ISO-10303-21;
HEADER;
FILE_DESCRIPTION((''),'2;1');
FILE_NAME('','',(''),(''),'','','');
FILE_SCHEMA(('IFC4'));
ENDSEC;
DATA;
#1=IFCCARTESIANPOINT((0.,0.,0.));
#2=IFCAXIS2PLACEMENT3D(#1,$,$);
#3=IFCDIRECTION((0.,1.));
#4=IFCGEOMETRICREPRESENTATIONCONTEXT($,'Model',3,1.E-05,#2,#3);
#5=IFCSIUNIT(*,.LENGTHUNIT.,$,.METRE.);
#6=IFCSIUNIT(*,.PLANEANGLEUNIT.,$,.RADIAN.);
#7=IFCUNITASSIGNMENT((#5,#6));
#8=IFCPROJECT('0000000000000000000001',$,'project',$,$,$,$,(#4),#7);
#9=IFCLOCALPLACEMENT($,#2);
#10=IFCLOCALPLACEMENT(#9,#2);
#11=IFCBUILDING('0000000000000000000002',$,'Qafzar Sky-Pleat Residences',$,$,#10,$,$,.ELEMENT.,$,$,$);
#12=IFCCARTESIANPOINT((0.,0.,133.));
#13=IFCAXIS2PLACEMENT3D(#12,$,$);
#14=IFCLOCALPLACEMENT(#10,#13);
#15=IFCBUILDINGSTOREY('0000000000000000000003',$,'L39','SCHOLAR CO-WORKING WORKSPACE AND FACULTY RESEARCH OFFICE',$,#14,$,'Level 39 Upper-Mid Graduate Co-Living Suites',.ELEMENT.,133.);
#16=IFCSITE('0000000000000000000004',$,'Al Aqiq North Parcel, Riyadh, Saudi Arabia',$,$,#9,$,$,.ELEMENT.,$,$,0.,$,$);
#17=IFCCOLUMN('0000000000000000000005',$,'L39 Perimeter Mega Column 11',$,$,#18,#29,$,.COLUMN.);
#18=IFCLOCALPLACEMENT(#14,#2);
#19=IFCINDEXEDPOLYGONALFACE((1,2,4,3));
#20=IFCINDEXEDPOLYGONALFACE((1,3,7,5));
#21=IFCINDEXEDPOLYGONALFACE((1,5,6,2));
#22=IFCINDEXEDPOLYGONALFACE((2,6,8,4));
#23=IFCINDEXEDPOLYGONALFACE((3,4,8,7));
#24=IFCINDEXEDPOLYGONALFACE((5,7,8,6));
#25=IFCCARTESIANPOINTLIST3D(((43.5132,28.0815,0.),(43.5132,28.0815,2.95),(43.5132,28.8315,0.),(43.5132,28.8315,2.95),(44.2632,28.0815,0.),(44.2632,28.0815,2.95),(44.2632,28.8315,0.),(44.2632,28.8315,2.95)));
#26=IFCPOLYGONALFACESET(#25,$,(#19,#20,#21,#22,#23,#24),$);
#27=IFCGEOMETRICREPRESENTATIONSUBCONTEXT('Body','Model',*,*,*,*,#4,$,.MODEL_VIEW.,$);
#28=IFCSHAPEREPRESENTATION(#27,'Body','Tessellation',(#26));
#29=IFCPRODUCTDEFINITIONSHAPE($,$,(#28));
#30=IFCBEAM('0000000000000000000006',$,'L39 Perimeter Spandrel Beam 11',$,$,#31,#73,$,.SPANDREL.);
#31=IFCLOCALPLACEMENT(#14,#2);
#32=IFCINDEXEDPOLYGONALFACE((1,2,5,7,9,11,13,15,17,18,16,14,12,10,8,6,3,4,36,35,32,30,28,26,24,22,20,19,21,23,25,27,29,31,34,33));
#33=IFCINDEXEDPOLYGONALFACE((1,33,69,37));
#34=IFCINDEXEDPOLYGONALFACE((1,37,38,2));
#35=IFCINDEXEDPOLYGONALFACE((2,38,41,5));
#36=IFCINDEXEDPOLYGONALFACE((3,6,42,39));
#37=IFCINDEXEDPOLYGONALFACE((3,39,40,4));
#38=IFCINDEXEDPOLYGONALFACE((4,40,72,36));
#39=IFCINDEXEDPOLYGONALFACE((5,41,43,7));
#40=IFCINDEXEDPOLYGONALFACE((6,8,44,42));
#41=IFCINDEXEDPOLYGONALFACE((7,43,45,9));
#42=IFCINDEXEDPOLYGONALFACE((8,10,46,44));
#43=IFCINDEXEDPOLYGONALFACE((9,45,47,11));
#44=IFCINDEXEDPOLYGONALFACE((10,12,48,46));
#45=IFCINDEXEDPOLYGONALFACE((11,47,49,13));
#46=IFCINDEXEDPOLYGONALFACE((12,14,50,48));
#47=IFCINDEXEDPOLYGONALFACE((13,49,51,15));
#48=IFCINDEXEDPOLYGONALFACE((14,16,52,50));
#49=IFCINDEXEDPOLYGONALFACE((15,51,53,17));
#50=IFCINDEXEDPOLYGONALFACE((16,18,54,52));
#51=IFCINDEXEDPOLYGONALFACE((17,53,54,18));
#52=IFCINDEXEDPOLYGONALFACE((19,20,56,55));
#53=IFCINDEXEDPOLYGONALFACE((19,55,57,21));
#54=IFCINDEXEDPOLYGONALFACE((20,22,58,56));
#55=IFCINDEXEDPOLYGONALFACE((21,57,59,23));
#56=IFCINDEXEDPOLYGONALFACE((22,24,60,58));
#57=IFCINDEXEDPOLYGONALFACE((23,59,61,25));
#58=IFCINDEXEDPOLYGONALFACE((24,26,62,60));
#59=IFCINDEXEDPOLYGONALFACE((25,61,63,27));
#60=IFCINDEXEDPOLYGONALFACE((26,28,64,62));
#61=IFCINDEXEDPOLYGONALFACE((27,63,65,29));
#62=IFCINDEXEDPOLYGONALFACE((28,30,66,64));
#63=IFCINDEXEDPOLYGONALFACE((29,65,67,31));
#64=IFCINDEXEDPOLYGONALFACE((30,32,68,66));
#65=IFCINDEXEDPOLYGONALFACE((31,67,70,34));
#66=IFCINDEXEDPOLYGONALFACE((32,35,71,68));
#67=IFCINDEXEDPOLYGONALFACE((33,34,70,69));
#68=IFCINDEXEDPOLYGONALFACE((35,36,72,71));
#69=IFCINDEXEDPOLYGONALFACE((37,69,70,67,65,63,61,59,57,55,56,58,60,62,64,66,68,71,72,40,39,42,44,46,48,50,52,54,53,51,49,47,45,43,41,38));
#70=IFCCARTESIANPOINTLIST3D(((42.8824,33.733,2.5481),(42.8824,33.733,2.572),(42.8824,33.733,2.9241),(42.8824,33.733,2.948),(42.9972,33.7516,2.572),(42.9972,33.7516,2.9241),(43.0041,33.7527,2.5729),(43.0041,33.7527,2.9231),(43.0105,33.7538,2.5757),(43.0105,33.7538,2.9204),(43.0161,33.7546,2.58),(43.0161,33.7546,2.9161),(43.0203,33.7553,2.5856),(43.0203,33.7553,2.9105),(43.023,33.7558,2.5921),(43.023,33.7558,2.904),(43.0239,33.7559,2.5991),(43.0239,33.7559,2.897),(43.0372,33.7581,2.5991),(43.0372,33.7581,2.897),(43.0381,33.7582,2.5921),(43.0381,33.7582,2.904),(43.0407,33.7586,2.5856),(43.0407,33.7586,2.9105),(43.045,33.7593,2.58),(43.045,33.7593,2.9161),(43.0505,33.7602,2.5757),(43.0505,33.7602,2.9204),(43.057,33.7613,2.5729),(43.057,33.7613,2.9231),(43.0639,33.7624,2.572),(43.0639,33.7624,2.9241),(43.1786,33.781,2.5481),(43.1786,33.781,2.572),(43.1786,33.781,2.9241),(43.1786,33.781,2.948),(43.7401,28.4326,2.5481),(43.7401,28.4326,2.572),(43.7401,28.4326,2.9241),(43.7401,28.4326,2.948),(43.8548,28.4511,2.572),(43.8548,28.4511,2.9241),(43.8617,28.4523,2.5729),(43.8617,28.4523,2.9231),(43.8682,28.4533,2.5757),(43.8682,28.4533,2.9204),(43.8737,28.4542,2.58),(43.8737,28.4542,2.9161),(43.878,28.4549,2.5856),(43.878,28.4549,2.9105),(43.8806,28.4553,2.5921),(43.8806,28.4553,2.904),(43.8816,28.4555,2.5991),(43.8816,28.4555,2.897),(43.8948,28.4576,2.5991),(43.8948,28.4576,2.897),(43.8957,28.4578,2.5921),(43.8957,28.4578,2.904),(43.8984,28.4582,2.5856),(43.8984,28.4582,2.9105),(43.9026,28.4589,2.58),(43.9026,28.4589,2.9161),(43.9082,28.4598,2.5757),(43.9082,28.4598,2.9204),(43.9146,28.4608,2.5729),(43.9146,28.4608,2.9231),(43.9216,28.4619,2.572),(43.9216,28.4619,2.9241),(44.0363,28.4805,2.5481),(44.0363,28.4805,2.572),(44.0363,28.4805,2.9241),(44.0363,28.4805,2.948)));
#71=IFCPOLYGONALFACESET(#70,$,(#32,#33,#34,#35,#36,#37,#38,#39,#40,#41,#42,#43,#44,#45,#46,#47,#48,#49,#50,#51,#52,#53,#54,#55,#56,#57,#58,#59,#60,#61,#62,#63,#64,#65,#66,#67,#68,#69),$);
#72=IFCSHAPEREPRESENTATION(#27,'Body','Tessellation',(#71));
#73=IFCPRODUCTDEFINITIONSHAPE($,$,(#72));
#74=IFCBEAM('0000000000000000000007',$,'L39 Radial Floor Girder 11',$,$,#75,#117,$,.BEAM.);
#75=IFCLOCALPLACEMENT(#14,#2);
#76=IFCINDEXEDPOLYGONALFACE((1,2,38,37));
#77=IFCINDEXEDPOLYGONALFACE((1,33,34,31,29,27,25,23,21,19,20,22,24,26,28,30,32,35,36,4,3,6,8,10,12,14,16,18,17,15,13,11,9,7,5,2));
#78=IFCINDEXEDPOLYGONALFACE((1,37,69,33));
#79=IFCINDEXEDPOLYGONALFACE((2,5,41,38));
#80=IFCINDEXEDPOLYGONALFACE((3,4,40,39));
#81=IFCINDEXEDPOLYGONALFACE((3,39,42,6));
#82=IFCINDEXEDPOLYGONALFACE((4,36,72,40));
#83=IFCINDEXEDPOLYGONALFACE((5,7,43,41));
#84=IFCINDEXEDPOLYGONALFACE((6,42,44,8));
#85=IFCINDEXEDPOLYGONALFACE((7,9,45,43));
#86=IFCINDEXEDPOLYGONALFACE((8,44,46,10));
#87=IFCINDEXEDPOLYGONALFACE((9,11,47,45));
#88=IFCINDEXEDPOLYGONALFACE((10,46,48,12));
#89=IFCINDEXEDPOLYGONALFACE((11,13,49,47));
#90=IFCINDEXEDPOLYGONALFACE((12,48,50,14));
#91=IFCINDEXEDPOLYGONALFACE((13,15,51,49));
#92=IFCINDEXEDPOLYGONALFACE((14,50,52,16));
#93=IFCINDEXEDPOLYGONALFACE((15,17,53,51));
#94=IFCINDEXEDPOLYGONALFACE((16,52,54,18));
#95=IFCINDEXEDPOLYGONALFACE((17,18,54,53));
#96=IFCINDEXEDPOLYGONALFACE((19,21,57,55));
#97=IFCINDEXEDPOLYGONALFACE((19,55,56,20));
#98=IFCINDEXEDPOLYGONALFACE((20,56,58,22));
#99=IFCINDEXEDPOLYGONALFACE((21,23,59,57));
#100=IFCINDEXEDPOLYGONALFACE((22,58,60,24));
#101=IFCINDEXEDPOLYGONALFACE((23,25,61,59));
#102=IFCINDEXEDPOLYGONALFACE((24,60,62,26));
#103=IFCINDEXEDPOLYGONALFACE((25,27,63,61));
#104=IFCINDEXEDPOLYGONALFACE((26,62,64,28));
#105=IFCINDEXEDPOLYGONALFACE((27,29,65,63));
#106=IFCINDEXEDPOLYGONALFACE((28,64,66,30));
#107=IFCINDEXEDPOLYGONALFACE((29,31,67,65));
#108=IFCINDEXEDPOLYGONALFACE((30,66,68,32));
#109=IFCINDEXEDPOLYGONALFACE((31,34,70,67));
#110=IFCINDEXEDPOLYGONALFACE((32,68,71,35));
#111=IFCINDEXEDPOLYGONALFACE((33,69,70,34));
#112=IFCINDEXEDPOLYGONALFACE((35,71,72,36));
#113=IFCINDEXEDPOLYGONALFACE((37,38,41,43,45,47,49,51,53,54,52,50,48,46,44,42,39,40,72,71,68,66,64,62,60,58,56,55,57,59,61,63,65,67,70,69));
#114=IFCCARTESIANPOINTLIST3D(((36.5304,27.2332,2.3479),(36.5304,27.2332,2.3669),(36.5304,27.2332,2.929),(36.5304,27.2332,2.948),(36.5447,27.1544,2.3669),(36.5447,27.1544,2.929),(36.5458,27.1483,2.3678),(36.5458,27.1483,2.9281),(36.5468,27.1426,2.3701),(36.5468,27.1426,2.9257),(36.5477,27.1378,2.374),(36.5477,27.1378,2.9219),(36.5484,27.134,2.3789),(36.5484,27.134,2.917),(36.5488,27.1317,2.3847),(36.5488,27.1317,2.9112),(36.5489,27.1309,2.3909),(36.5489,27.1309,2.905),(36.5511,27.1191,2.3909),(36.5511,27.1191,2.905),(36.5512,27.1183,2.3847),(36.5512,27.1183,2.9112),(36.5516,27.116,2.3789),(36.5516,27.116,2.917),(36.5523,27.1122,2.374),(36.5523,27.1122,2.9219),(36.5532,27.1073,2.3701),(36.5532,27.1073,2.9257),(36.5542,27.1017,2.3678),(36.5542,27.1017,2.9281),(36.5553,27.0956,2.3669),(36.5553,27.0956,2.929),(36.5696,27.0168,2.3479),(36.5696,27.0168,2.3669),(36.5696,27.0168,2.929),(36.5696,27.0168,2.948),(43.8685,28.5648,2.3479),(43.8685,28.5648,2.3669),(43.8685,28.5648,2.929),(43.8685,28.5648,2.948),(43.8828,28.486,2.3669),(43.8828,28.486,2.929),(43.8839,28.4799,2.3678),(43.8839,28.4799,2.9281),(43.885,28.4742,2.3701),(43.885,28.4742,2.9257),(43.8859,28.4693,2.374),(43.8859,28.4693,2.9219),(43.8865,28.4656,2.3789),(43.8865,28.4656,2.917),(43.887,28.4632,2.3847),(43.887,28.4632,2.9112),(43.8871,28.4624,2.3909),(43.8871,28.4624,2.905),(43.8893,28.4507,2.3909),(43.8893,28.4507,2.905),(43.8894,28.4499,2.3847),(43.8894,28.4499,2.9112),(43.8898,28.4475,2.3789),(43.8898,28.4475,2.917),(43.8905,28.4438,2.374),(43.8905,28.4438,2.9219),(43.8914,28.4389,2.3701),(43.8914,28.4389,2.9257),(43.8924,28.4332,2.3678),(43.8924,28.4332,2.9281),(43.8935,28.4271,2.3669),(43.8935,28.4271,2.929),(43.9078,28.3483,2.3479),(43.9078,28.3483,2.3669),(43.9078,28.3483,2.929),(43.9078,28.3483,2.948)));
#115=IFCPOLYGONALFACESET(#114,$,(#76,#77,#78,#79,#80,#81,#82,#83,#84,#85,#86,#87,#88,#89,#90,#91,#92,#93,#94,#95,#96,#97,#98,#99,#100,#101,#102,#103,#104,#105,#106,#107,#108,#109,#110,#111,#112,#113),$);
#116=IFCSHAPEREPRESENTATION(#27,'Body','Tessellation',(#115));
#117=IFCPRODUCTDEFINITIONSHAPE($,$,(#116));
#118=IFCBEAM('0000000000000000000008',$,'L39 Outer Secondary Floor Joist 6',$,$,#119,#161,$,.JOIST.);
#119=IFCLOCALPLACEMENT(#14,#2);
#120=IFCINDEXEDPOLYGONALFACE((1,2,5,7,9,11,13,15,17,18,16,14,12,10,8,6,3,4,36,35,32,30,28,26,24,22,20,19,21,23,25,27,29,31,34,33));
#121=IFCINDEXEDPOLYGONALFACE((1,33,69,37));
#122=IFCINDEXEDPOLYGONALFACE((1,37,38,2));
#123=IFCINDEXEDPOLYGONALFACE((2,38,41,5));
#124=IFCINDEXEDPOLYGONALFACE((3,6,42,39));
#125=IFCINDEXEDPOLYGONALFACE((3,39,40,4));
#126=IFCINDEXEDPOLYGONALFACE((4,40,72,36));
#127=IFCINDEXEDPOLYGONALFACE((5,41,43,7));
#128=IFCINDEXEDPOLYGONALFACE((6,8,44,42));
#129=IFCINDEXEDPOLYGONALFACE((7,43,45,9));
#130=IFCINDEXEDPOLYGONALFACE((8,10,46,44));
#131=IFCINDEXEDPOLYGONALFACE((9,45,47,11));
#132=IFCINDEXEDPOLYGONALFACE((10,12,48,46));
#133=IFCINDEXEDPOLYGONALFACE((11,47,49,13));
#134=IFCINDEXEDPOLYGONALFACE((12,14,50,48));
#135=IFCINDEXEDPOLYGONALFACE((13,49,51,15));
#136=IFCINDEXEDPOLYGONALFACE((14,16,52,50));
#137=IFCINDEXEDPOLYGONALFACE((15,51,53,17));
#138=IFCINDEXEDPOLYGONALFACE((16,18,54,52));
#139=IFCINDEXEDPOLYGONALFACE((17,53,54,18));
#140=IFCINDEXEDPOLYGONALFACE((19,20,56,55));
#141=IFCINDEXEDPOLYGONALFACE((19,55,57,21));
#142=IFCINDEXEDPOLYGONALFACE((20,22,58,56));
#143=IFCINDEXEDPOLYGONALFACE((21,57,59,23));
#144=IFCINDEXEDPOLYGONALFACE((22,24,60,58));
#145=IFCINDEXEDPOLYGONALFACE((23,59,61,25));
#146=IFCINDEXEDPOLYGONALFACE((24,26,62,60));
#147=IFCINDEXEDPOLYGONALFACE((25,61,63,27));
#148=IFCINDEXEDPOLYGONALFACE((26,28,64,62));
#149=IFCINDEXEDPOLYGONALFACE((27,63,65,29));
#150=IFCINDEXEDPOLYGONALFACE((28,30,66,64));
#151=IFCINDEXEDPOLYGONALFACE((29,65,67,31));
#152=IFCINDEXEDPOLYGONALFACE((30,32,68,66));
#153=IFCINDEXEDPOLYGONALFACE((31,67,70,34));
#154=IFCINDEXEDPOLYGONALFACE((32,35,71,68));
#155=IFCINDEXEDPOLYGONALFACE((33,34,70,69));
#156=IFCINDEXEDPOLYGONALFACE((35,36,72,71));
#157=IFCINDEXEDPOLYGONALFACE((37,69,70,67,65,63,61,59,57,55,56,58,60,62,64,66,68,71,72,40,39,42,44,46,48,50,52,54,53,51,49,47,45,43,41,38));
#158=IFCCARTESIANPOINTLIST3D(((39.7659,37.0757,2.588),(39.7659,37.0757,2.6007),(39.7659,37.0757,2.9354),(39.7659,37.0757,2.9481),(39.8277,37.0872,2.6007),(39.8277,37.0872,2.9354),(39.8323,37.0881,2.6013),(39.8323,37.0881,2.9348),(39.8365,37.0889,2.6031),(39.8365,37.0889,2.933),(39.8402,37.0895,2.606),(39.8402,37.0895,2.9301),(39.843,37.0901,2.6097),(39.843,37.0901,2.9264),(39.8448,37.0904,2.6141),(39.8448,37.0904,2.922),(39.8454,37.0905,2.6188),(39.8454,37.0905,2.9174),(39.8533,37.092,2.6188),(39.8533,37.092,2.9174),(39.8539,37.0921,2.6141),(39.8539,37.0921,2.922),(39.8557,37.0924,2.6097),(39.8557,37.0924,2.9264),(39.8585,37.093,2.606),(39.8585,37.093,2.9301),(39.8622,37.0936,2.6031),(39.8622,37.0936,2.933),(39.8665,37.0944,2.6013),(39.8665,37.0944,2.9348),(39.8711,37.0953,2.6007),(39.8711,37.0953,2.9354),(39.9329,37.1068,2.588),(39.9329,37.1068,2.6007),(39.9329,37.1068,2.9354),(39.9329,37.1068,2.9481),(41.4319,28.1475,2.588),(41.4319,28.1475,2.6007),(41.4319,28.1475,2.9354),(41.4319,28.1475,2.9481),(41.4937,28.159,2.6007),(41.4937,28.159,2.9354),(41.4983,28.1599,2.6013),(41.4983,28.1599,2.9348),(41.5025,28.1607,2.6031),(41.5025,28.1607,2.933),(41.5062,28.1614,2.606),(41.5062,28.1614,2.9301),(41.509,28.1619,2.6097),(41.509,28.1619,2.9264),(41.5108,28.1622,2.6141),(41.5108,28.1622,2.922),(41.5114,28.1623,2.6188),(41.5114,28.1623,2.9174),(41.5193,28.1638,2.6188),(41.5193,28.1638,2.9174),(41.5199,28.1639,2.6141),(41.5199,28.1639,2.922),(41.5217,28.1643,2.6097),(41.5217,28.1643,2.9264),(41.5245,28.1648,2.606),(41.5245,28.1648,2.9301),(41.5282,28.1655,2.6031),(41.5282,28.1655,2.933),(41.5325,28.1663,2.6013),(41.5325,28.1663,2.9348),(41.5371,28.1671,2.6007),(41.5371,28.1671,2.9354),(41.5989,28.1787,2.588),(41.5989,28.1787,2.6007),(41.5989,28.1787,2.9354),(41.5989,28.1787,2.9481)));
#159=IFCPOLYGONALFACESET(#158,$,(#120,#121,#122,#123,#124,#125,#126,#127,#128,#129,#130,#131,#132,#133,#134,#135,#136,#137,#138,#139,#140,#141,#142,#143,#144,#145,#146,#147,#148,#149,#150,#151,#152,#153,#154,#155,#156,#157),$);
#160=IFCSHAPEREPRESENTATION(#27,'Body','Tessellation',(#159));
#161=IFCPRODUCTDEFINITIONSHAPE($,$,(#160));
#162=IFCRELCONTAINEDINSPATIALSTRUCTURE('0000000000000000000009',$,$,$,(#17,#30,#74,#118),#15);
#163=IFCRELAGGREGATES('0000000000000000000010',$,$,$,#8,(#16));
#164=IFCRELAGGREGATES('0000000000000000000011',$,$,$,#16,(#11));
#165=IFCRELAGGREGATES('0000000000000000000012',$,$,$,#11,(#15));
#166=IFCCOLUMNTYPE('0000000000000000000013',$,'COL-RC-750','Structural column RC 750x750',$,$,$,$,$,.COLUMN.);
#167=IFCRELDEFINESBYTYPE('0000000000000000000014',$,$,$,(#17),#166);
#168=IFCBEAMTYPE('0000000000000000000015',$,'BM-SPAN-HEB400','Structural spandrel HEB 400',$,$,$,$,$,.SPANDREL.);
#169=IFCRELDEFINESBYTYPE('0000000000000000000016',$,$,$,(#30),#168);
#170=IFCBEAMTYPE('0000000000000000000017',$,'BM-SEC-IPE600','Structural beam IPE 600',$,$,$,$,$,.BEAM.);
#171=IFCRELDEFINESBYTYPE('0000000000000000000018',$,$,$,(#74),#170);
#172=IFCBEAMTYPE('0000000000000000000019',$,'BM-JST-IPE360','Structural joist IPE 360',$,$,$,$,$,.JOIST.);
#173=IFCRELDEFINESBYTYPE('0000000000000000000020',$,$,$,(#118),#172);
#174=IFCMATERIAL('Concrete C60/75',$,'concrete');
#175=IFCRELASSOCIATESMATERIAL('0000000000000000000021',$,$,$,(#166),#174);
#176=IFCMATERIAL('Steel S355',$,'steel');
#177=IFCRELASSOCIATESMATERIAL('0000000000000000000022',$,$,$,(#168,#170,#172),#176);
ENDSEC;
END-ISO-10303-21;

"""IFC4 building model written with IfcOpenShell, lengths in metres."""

from ifc_helpers import new_model, si_unit, direction, frame, origin, origin_2d, place, context, subcontext, project, spatial, rectangle, i_section, extrude, source, transform, mapped, material, material_profile, profile_set, type_object, element, save


model = new_model("IFC4")

# Units and contexts
model_context = context("Model", 3, precision=1e-05, world=origin(), true_north=direction((0.0, 1.0)))
body_context = subcontext(model_context, "Body", "Model", "MODEL_VIEW")
ifc_project = project(units=[si_unit("LENGTHUNIT", "METRE"), si_unit("PLANEANGLEUNIT", "RADIAN")], contexts=[model_context])

# Site, building, storey
site_placement = place(None, origin())
site = spatial("IfcSite", under=ifc_project, at=site_placement, Name="Al Aqiq North Parcel, Riyadh, Saudi Arabia", CompositionType="ELEMENT", RefElevation=0.0)
building_placement = place(site_placement, origin())
building = spatial("IfcBuilding", under=site, at=building_placement, Name="Qafzar Sky-Pleat Residences", CompositionType="ELEMENT")
storey_placement = place(building_placement, frame((0.0, 0.0, 133.0)))
storey = spatial("IfcBuildingStorey", under=building, at=storey_placement, Name="L39", Description="SCHOLAR CO-WORKING WORKSPACE AND FACULTY RESEARCH OFFICE", LongName="Level 39 Upper-Mid Graduate Co-Living Suites", CompositionType="ELEMENT", Elevation=133.0)

# Column
ifc_material_1 = material(Name="Concrete C60/75", Category="concrete")
ifc_material_profile_1 = material_profile(ifc_material_1, rectangle(XDim=0.75, YDim=0.75, at=origin_2d()), Name="RC 750x750")
ifc_profile_set_1 = profile_set([ifc_material_profile_1], Name="Concrete C60/75")
column_type = type_object("IfcColumnType", Name="COL-RC-750", Description="Structural column RC 750x750", PredefinedType="COLUMN", material=ifc_profile_set_1)
shared_shape_1 = source(origin(), body_context, "Body", "SweptSolid", [
    extrude(rectangle(XDim=0.75, YDim=0.75, at=origin_2d()), origin(), (0.0, 0.0, 1.0), 2.95),
])
column_placement = place(storey_placement, frame((43.8882, 28.4565, 0.0), z_axis=(0.0, 0.0, 1.0), x_axis=(1.0, 0.0, 0.0)))
element("IfcColumn", 1, at=column_placement, inside=storey, type_object=column_type, Name="L39 Perimeter Mega Column 11", PredefinedType="COLUMN", context=body_context, shape_type="MappedRepresentation", body=[
    mapped(shared_shape_1, transform((0.0, 0.0, 0.0), x_axis=(1.0, 0.0, 0.0), y_axis=(0.0, 1.0, 0.0), z_axis=(0.0, 0.0, 1.0), scale=1.0)),
])

# Beams
ifc_material_2 = material(Name="Steel S355", Category="steel")
ifc_material_profile_2 = material_profile(ifc_material_2, i_section(OverallWidth=0.3, OverallDepth=0.3999, WebThickness=0.0134, FlangeThickness=0.0239, FilletRadius=0.0271, at=origin_2d()), Name="HEB 400")
ifc_profile_set_2 = profile_set([ifc_material_profile_2], Name="Steel S355")
beam_type_1 = type_object("IfcBeamType", Name="BM-SPAN-HEB400", Description="Structural spandrel HEB 400", PredefinedType="SPANDREL", material=ifc_profile_set_2)
shared_shape_2 = source(origin(), body_context, "Body", "SweptSolid", [
    extrude(i_section(OverallWidth=0.3, OverallDepth=0.3999, WebThickness=0.0134, FlangeThickness=0.0239, FilletRadius=0.0271, at=origin_2d()), origin(), (0.0, 0.0, 1.0), 5.3694),
])
beam_1_placement = place(storey_placement, frame((43.8882, 28.4565, 2.748), z_axis=(-0.15973, 0.987161, 0.0), x_axis=(-0.987161, -0.15973, 0.0)))
element("IfcBeam", 2, at=beam_1_placement, inside=storey, type_object=beam_type_1, Name="L39 Perimeter Spandrel Beam 11", PredefinedType="SPANDREL", context=body_context, shape_type="MappedRepresentation", body=[
    mapped(shared_shape_2, transform((0.0, 0.0, 0.0), x_axis=(1.0, 0.0, 0.0), y_axis=(0.0, 1.0, 0.0), z_axis=(0.0, 0.0, 1.0), scale=1.0)),
])
ifc_material_profile_3 = material_profile(ifc_material_2, i_section(OverallWidth=0.22, OverallDepth=0.6001, WebThickness=0.012, FlangeThickness=0.019, FilletRadius=0.0239, at=origin_2d()), Name="IPE 600")
ifc_profile_set_3 = profile_set([ifc_material_profile_3], Name="Steel S355")
beam_type_2 = type_object("IfcBeamType", Name="BM-SEC-IPE600", Description="Structural beam IPE 600", PredefinedType="BEAM", material=ifc_profile_set_3)
shared_shape_3 = source(origin(), body_context, "Body", "SweptSolid", [
    extrude(i_section(OverallWidth=0.22, OverallDepth=0.6001, WebThickness=0.012, FlangeThickness=0.019, FilletRadius=0.0239, at=origin_2d()), origin(), (0.0, 0.0, 1.0), 7.458),
])
beam_2_placement = place(storey_placement, frame((43.8882, 28.4565, 2.6479), z_axis=(-0.983933, -0.17854, 0.0), x_axis=(0.17854, -0.983933, 0.0)))
element("IfcBeam", 3, at=beam_2_placement, inside=storey, type_object=beam_type_2, Name="L39 Radial Floor Girder 11", PredefinedType="BEAM", context=body_context, shape_type="MappedRepresentation", body=[
    mapped(shared_shape_3, transform((0.0, 0.0, 0.0), x_axis=(1.0, 0.0, 0.0), y_axis=(0.0, 1.0, 0.0), z_axis=(0.0, 0.0, 1.0), scale=1.0)),
])
ifc_material_profile_4 = material_profile(ifc_material_2, i_section(OverallWidth=0.1699, OverallDepth=0.3601, WebThickness=0.0081, FlangeThickness=0.0127, FilletRadius=0.0181, at=origin_2d()), Name="IPE 360")
ifc_profile_set_4 = profile_set([ifc_material_profile_4], Name="Steel S355")
beam_type_3 = type_object("IfcBeamType", Name="BM-JST-IPE360", Description="Structural joist IPE 360", PredefinedType="JOIST", material=ifc_profile_set_4)
shared_shape_4 = source(origin(), body_context, "Body", "SweptSolid", [
    extrude(i_section(OverallWidth=0.1699, OverallDepth=0.3601, WebThickness=0.0081, FlangeThickness=0.0127, FilletRadius=0.0181, at=origin_2d()), origin(), (0.0, 0.0, 1.0), 9.0823),
])
beam_3_placement = place(storey_placement, frame((41.5154, 28.1631, 2.7681), z_axis=(-0.183435, 0.983032, 0.0), x_axis=(-0.983032, -0.183435, 0.0)))
element("IfcBeam", 4, at=beam_3_placement, inside=storey, type_object=beam_type_3, Name="L39 Outer Secondary Floor Joist 6", PredefinedType="JOIST", context=body_context, shape_type="MappedRepresentation", body=[
    mapped(shared_shape_4, transform((0.0, 0.0, 0.0), x_axis=(1.0, 0.0, 0.0), y_axis=(0.0, 1.0, 0.0), z_axis=(0.0, 0.0, 1.0), scale=1.0)),
])

save(model, "model.ifc")
